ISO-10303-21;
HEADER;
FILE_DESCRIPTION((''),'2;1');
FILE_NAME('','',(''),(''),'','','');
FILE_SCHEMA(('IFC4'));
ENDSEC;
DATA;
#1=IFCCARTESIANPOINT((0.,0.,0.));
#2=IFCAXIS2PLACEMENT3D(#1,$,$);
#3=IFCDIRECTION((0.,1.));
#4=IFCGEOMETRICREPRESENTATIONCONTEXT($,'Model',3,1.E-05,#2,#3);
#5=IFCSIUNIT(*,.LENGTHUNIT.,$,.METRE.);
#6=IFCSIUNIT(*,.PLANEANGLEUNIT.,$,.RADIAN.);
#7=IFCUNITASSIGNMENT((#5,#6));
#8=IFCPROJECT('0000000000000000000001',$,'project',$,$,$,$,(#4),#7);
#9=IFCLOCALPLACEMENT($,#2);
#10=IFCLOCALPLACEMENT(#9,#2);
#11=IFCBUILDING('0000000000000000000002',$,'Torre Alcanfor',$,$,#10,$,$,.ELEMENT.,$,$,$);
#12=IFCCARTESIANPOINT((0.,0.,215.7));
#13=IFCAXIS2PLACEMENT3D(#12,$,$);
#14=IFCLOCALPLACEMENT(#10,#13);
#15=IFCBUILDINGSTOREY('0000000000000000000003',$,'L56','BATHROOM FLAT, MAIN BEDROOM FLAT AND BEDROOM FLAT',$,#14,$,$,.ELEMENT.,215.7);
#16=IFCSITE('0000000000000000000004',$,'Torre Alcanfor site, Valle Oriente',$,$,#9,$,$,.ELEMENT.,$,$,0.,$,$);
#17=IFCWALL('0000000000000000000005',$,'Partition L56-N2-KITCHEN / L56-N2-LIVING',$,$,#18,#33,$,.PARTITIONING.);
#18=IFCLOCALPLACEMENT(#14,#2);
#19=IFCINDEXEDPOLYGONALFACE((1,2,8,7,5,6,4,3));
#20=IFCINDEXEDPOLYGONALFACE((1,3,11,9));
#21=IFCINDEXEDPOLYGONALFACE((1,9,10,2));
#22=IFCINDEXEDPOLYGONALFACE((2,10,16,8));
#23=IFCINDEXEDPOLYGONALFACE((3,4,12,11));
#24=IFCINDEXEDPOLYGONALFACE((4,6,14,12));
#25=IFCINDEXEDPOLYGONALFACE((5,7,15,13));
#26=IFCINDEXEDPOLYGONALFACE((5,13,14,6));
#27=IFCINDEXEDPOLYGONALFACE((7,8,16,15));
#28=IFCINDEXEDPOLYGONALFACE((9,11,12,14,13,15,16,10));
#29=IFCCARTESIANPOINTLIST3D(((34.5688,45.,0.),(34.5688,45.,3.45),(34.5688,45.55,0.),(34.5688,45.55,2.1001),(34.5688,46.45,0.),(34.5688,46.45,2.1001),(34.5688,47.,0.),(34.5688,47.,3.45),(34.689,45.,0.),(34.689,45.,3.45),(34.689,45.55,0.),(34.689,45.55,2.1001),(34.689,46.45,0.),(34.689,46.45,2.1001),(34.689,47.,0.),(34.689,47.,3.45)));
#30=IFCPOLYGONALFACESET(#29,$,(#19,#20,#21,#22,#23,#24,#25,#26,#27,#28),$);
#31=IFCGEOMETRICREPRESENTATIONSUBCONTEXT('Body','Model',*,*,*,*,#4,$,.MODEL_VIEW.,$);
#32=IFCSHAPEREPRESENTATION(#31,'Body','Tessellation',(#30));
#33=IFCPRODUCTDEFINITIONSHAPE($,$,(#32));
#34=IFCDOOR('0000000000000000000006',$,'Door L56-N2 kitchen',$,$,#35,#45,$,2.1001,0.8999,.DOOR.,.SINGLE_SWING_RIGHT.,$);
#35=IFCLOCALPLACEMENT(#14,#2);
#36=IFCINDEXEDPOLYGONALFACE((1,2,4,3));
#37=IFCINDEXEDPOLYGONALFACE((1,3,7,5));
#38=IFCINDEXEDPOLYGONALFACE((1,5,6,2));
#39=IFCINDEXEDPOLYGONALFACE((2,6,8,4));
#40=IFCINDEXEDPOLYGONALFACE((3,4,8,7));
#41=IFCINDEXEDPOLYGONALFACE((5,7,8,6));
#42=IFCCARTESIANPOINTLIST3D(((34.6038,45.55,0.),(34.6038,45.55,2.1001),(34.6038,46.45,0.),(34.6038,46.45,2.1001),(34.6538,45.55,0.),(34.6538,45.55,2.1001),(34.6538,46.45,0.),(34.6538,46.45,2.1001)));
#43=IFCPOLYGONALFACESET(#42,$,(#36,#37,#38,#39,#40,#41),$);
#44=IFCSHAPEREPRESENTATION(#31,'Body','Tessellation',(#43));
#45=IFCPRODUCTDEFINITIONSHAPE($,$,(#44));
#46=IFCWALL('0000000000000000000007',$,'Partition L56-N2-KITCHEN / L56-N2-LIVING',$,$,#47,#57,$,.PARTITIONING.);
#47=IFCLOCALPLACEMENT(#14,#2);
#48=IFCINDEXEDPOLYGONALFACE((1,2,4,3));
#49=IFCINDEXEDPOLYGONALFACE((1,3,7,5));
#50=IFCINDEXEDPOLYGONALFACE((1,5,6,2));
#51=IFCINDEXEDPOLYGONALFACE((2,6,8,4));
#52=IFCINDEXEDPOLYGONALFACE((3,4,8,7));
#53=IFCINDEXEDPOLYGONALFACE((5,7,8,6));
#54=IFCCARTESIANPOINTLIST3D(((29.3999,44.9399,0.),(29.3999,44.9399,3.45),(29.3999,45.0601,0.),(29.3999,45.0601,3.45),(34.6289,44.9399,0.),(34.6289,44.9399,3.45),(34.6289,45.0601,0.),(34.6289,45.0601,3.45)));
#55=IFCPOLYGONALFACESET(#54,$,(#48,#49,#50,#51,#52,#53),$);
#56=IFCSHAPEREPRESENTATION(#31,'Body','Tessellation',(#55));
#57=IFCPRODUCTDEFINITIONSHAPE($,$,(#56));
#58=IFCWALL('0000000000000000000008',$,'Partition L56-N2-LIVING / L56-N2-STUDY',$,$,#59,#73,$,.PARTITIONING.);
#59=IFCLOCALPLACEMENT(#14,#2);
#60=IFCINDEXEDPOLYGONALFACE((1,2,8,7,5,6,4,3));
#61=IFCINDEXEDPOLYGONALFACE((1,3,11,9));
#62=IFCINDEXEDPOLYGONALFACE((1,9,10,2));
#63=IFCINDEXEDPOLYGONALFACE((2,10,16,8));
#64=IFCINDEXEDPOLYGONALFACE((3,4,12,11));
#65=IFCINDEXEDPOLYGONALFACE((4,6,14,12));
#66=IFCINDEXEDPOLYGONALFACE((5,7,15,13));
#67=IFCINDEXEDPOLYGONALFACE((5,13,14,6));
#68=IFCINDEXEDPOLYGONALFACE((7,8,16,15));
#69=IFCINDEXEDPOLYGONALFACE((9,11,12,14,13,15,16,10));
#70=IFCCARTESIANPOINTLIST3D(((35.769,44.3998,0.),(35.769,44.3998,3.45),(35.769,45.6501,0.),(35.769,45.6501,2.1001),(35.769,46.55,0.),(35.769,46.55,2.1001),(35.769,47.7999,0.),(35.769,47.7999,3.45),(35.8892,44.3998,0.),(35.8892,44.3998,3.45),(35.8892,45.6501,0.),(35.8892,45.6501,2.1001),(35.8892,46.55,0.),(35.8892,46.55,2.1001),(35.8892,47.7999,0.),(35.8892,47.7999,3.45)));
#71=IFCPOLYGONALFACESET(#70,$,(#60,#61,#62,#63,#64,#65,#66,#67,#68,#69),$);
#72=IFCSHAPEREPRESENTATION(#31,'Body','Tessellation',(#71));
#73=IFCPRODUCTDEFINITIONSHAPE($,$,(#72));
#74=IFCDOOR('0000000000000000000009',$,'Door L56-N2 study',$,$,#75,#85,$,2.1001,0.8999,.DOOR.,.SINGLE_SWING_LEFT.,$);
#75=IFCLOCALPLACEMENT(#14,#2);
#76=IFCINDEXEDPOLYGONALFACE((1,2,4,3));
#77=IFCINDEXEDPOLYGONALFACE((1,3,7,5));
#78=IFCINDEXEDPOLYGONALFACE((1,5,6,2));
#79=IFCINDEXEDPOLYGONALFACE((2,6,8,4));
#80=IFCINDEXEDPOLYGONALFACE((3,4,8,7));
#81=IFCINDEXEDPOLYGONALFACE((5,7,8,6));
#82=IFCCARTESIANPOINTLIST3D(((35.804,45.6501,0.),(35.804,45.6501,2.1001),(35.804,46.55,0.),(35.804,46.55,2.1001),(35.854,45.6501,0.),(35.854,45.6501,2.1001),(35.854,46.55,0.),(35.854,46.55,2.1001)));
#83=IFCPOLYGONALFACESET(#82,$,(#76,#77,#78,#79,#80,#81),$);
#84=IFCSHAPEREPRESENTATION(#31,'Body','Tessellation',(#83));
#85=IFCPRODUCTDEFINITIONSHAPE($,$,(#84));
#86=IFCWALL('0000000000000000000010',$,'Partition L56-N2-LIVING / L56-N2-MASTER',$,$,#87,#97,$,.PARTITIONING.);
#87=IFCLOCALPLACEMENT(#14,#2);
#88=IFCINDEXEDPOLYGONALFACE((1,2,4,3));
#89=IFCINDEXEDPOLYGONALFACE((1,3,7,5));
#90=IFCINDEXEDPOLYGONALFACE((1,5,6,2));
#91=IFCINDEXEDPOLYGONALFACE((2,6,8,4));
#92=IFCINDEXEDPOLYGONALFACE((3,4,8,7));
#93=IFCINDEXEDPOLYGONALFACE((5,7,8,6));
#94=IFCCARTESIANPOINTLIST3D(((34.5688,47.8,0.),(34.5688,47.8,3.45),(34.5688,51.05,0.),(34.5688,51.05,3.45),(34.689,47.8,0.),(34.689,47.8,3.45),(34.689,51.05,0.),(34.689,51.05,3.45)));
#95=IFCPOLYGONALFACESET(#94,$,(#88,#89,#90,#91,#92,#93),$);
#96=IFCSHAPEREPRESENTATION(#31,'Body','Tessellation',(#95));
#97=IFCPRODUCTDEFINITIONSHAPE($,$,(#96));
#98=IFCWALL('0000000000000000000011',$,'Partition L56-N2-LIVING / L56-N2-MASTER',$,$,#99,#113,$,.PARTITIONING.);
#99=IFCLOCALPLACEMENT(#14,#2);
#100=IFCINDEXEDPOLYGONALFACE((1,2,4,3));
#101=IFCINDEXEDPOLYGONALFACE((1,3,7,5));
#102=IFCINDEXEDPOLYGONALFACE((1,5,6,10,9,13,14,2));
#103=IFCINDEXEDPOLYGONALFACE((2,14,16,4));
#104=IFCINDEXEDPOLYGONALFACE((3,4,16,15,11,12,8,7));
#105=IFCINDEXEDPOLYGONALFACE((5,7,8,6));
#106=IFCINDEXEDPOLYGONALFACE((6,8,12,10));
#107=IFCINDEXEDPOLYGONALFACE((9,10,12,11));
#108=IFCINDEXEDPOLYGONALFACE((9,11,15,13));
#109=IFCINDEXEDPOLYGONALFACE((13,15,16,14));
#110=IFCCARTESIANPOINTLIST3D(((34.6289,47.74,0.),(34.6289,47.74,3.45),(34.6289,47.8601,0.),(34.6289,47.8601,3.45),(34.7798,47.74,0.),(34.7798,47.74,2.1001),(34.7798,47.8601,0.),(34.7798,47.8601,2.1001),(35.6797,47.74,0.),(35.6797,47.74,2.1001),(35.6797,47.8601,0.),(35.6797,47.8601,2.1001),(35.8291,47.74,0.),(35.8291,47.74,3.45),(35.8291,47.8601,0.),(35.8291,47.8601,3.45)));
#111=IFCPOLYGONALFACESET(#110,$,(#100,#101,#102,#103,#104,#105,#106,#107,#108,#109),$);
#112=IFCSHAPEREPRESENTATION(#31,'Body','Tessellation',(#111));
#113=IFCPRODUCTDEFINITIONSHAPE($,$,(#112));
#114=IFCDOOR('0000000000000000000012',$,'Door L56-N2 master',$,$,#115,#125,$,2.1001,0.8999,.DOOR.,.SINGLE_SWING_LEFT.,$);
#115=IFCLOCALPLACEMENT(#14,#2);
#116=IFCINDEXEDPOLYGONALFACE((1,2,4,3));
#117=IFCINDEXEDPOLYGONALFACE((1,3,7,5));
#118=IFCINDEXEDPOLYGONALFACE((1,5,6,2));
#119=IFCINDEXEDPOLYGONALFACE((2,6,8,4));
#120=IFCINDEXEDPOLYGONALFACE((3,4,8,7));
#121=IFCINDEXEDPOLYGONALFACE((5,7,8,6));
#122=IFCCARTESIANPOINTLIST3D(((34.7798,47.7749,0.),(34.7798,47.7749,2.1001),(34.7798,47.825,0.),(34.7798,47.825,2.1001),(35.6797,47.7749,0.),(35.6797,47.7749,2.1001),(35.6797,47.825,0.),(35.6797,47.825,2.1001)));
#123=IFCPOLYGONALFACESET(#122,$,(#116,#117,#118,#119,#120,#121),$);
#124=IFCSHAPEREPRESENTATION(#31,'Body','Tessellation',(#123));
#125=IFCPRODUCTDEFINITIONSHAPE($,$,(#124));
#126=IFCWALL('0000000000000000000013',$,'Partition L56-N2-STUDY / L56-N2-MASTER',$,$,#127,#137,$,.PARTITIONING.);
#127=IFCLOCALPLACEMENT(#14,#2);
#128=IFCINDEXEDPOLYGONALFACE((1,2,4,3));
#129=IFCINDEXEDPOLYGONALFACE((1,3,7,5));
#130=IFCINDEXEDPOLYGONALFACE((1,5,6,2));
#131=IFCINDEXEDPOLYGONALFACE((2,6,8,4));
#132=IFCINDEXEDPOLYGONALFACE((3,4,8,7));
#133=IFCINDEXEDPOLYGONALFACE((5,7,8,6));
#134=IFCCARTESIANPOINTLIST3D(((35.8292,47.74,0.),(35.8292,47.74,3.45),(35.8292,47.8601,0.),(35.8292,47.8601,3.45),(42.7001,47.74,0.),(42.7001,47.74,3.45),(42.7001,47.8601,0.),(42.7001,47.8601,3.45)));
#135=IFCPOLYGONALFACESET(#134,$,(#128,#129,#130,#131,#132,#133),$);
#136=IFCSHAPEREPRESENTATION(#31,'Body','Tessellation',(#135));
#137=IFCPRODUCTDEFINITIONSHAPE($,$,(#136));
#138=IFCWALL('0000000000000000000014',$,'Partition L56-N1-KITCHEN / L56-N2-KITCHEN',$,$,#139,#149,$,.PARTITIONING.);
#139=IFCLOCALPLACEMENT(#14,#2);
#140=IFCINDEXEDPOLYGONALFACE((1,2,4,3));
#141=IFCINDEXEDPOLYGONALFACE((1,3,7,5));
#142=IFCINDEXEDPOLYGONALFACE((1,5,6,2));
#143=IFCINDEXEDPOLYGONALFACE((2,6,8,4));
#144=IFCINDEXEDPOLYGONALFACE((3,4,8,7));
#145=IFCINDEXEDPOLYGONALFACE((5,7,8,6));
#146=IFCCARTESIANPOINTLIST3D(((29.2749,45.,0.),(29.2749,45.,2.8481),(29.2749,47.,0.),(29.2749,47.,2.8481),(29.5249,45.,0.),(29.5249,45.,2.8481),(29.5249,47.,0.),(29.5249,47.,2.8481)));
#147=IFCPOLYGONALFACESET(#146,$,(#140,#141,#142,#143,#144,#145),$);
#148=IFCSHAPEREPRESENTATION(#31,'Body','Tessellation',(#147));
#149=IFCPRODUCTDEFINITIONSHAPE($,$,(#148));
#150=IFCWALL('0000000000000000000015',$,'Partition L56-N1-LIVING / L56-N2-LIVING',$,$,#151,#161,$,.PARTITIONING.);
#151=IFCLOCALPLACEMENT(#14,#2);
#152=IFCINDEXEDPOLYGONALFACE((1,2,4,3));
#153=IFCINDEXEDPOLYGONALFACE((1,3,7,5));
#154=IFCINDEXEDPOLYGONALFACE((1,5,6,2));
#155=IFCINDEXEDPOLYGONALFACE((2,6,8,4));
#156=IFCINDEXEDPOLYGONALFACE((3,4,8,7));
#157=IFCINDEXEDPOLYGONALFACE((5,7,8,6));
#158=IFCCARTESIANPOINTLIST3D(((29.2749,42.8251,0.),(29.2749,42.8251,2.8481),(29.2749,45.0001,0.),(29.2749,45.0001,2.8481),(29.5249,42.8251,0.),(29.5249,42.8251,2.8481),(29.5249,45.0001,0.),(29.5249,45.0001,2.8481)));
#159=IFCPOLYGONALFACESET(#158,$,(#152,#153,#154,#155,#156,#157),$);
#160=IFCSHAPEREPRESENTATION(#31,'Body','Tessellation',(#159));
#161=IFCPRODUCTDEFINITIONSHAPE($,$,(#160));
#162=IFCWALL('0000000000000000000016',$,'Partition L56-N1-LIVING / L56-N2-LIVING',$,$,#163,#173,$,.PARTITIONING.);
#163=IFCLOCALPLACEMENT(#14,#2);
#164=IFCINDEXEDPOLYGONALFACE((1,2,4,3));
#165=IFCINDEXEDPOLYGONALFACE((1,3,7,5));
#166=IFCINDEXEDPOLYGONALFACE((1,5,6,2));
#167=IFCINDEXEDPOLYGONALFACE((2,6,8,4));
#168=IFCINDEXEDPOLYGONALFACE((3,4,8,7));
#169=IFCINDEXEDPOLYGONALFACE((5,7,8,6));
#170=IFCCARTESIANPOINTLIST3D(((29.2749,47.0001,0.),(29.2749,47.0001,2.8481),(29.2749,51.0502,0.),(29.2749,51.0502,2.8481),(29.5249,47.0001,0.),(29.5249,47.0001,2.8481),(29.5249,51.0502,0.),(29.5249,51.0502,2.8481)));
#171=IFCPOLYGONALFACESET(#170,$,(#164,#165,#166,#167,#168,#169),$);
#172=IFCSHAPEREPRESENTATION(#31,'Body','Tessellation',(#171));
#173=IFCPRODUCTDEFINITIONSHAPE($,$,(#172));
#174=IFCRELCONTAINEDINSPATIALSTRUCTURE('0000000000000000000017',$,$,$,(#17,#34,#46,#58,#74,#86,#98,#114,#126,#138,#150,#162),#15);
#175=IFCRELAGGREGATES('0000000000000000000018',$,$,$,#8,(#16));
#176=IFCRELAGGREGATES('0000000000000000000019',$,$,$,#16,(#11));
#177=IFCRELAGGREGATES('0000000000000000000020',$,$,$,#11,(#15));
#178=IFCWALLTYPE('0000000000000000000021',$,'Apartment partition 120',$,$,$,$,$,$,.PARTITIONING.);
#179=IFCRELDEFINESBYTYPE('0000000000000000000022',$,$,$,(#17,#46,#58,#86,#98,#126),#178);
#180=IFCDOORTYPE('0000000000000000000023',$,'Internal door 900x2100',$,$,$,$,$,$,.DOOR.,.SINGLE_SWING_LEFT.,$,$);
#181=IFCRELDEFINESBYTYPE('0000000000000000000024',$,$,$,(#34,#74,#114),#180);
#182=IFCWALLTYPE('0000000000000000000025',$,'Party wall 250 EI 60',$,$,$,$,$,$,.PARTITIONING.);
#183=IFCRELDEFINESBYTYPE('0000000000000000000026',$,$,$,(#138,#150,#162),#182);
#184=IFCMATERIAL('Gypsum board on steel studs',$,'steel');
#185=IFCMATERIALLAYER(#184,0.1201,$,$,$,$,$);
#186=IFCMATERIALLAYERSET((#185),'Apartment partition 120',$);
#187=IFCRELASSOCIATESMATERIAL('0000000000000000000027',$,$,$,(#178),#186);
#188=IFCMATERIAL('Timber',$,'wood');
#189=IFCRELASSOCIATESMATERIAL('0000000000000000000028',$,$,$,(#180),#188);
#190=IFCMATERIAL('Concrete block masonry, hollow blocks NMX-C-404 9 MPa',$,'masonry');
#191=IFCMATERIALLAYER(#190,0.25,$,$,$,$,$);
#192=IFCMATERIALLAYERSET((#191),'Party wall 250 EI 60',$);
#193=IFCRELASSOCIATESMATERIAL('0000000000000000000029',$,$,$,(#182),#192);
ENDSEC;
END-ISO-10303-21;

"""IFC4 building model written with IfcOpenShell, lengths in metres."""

from ifc_helpers import new_model, si_unit, direction, frame, frame_2d, origin, place, context, subcontext, project, spatial, rectangle, extrude, material, layer, layer_set, type_object, element, fill, save


model = new_model("IFC4")

# Units and contexts
model_context = context("Model", 3, precision=1e-05, world=origin(), true_north=direction((0.0, 1.0)))
body_context = subcontext(model_context, "Body", "Model", "MODEL_VIEW")
ifc_project = project(units=[si_unit("LENGTHUNIT", "METRE"), si_unit("PLANEANGLEUNIT", "RADIAN")], contexts=[model_context])

# Site, building, storey
site_placement = place(None, origin())
site = spatial("IfcSite", under=ifc_project, at=site_placement, Name="Torre Alcanfor site, Valle Oriente", CompositionType="ELEMENT", RefElevation=0.0)
building_placement = place(site_placement, origin())
building = spatial("IfcBuilding", under=site, at=building_placement, Name="Torre Alcanfor", CompositionType="ELEMENT")
storey_placement = place(building_placement, frame((0.0, 0.0, 215.7)))
storey = spatial("IfcBuildingStorey", under=building, at=storey_placement, Name="L56", Description="BATHROOM FLAT, MAIN BEDROOM FLAT AND BEDROOM FLAT", CompositionType="ELEMENT", Elevation=215.7)

# Shared definitions
ifc_material_1 = material(Name="Gypsum board on steel studs", Category="steel")
ifc_layer_1 = layer(ifc_material_1, 0.1201)
ifc_layer_set_1 = layer_set([ifc_layer_1], Name="Apartment partition 120")
wall_type_1 = type_object("IfcWallType", Name="Apartment partition 120", PredefinedType="PARTITIONING", material=ifc_layer_set_1)

# Wall, opening, door
wall_1_placement = place(storey_placement, frame((34.6289, 47.0, 0.0), z_axis=(0.0, 0.0, 1.0), x_axis=(0.0, -1.0, 0.0)))
wall_1 = element("IfcWall", 1, at=wall_1_placement, inside=storey, type_object=wall_type_1, Name="Partition L56-N2-KITCHEN / L56-N2-LIVING", PredefinedType="PARTITIONING", context=body_context, shape_type="SweptSolid", body=[
    extrude(rectangle(XDim=2.0, YDim=0.1201, at=frame_2d((1.0, 0.0))), origin(), (0.0, 0.0, 1.0), 3.45),
])
opening_1_placement = place(wall_1_placement, frame((0.55, 0.0, 0.0)))
opening_1 = element("IfcOpeningElement", 2, at=opening_1_placement, cuts=wall_1, PredefinedType="OPENING", context=body_context, shape_type="SweptSolid", body=[
    extrude(rectangle(XDim=0.8999, YDim=2.1001, at=frame_2d((0.45, 1.05))), frame((0.0, 0.0701, 0.0), z_axis=(0.0, -1.0, 0.0), x_axis=(1.0, 0.0, 0.0)), (0.0, 0.0, 1.0), 0.1401),
])
ifc_material_2 = material(Name="Timber", Category="wood")
door_type_1 = type_object("IfcDoorType", Name="Internal door 900x2100", OperationType="SINGLE_SWING_LEFT", PredefinedType="DOOR", material=ifc_material_2)
door_1_placement = place(opening_1_placement, frame((0.8999, 0.0, 0.0), z_axis=(0.0, 0.0, 1.0), x_axis=(-1.0, 0.0, 0.0)))
door_1 = element("IfcDoor", 3, at=door_1_placement, inside=storey, type_object=door_type_1, Name="Door L56-N2 kitchen", OperationType="SINGLE_SWING_RIGHT", OverallHeight=2.1001, OverallWidth=0.8999, PredefinedType="DOOR", context=body_context, shape_type="SweptSolid", body=[
    extrude(rectangle(XDim=0.8999, YDim=2.1001, at=frame_2d((0.45, 1.05))), frame((0.0, 0.0251, 0.0), z_axis=(0.0, -1.0, 0.0), x_axis=(1.0, 0.0, 0.0)), (0.0, 0.0, 1.0), 0.05),
])
fill(opening_1, door_1)

# Wall
wall_2_placement = place(storey_placement, frame((34.6289, 45.0, 0.0), z_axis=(0.0, 0.0, 1.0), x_axis=(-1.0, 0.0, 0.0)))
element("IfcWall", 4, at=wall_2_placement, inside=storey, type_object=wall_type_1, Name="Partition L56-N2-KITCHEN / L56-N2-LIVING", PredefinedType="PARTITIONING", context=body_context, shape_type="SweptSolid", body=[
    extrude(rectangle(XDim=5.229, YDim=0.1201, at=frame_2d((2.6145, 0.0))), origin(), (0.0, 0.0, 1.0), 3.45),
])

# Wall, opening, door
wall_3_placement = place(storey_placement, frame((35.8291, 47.8, 0.0), z_axis=(0.0, 0.0, 1.0), x_axis=(0.0, -1.0, 0.0)))
wall_3 = element("IfcWall", 5, at=wall_3_placement, inside=storey, type_object=wall_type_1, Name="Partition L56-N2-LIVING / L56-N2-STUDY", PredefinedType="PARTITIONING", context=body_context, shape_type="SweptSolid", body=[
    extrude(rectangle(XDim=3.4001, YDim=0.1201, at=frame_2d((1.7002, 0.0))), origin(), (0.0, 0.0, 1.0), 3.45),
])
opening_2_placement = place(wall_3_placement, frame((1.25, 0.0, 0.0)))
opening_2 = element("IfcOpeningElement", 6, at=opening_2_placement, cuts=wall_3, PredefinedType="OPENING", context=body_context, shape_type="SweptSolid", body=[
    extrude(rectangle(XDim=0.8999, YDim=2.1001, at=frame_2d((0.45, 1.05))), frame((0.0, 0.0701, 0.0), z_axis=(0.0, -1.0, 0.0), x_axis=(1.0, 0.0, 0.0)), (0.0, 0.0, 1.0), 0.1401),
])
door_2_placement = place(opening_2_placement, origin())
door_2 = element("IfcDoor", 7, at=door_2_placement, inside=storey, type_object=door_type_1, Name="Door L56-N2 study", OperationType="SINGLE_SWING_LEFT", OverallHeight=2.1001, OverallWidth=0.8999, PredefinedType="DOOR", context=body_context, shape_type="SweptSolid", body=[
    extrude(rectangle(XDim=0.8999, YDim=2.1001, at=frame_2d((0.45, 1.05))), frame((0.0, 0.0249, 0.0), z_axis=(0.0, -1.0, 0.0), x_axis=(1.0, 0.0, 0.0)), (0.0, 0.0, 1.0), 0.05),
])
fill(opening_2, door_2)

# Wall
wall_4_placement = place(storey_placement, frame((34.6289, 51.05, 0.0), z_axis=(0.0, 0.0, 1.0), x_axis=(0.0, -1.0, 0.0)))
element("IfcWall", 8, at=wall_4_placement, inside=storey, type_object=wall_type_1, Name="Partition L56-N2-LIVING / L56-N2-MASTER", PredefinedType="PARTITIONING", context=body_context, shape_type="SweptSolid", body=[
    extrude(rectangle(XDim=3.25, YDim=0.1201, at=frame_2d((1.625, 0.0))), origin(), (0.0, 0.0, 1.0), 3.45),
])

# Wall, opening, door
wall_5_placement = place(storey_placement, frame((34.6289, 47.8, 0.0), z_axis=(0.0, 0.0, 1.0), x_axis=(1.0, 0.0, 0.0)))
wall_5 = element("IfcWall", 9, at=wall_5_placement, inside=storey, type_object=wall_type_1, Name="Partition L56-N2-LIVING / L56-N2-MASTER", PredefinedType="PARTITIONING", context=body_context, shape_type="SweptSolid", body=[
    extrude(rectangle(XDim=1.2002, YDim=0.1201, at=frame_2d((0.6001, 0.0))), origin(), (0.0, 0.0, 1.0), 3.45),
])
opening_3_placement = place(wall_5_placement, frame((0.1509, 0.0, 0.0)))
opening_3 = element("IfcOpeningElement", 10, at=opening_3_placement, cuts=wall_5, PredefinedType="OPENING", context=body_context, shape_type="SweptSolid", body=[
    extrude(rectangle(XDim=0.8999, YDim=2.1001, at=frame_2d((0.45, 1.05))), frame((0.0, 0.0701, 0.0), z_axis=(0.0, -1.0, 0.0), x_axis=(1.0, 0.0, 0.0)), (0.0, 0.0, 1.0), 0.1401),
])
door_3_placement = place(opening_3_placement, origin())
door_3 = element("IfcDoor", 11, at=door_3_placement, inside=storey, type_object=door_type_1, Name="Door L56-N2 master", OperationType="SINGLE_SWING_LEFT", OverallHeight=2.1001, OverallWidth=0.8999, PredefinedType="DOOR", context=body_context, shape_type="SweptSolid", body=[
    extrude(rectangle(XDim=0.8999, YDim=2.1001, at=frame_2d((0.45, 1.05))), frame((0.0, 0.0249, 0.0), z_axis=(0.0, -1.0, 0.0), x_axis=(1.0, 0.0, 0.0)), (0.0, 0.0, 1.0), 0.05),
])
fill(opening_3, door_3)

# Walls
wall_6_placement = place(storey_placement, frame((35.8291, 47.8, 0.0), z_axis=(0.0, 0.0, 1.0), x_axis=(1.0, 0.0, 0.0)))
element("IfcWall", 12, at=wall_6_placement, inside=storey, type_object=wall_type_1, Name="Partition L56-N2-STUDY / L56-N2-MASTER", PredefinedType="PARTITIONING", context=body_context, shape_type="SweptSolid", body=[
    extrude(rectangle(XDim=6.8708, YDim=0.1201, at=frame_2d((3.4355, 0.0))), origin(), (0.0, 0.0, 1.0), 3.45),
])
ifc_material_3 = material(Name="Concrete block masonry, hollow blocks NMX-C-404 9 MPa", Category="masonry")
ifc_layer_2 = layer(ifc_material_3, 0.25)
ifc_layer_set_2 = layer_set([ifc_layer_2], Name="Party wall 250 EI 60")
wall_type_2 = type_object("IfcWallType", Name="Party wall 250 EI 60", PredefinedType="PARTITIONING", material=ifc_layer_set_2)
wall_7_placement = place(storey_placement, frame((29.3999, 45.0, 0.0), z_axis=(0.0, 0.0, 1.0), x_axis=(0.0, 1.0, 0.0)))
element("IfcWall", 13, at=wall_7_placement, inside=storey, type_object=wall_type_2, Name="Partition L56-N1-KITCHEN / L56-N2-KITCHEN", PredefinedType="PARTITIONING", context=body_context, shape_type="SweptSolid", body=[
    extrude(rectangle(XDim=2.0, YDim=0.25, at=frame_2d((1.0, 0.0))), origin(), (0.0, 0.0, 1.0), 2.8481),
])
wall_8_placement = place(storey_placement, frame((29.3999, 45.0, 0.0), z_axis=(0.0, 0.0, 1.0), x_axis=(0.0, -1.0, 0.0)))
element("IfcWall", 14, at=wall_8_placement, inside=storey, type_object=wall_type_2, Name="Partition L56-N1-LIVING / L56-N2-LIVING", PredefinedType="PARTITIONING", context=body_context, shape_type="SweptSolid", body=[
    extrude(rectangle(XDim=2.175, YDim=0.25, at=frame_2d((1.0874, 0.0))), origin(), (0.0, 0.0, 1.0), 2.8481),
])
wall_9_placement = place(storey_placement, frame((29.3999, 51.05, 0.0), z_axis=(0.0, 0.0, 1.0), x_axis=(0.0, -1.0, 0.0)))
element("IfcWall", 15, at=wall_9_placement, inside=storey, type_object=wall_type_2, Name="Partition L56-N1-LIVING / L56-N2-LIVING", PredefinedType="PARTITIONING", context=body_context, shape_type="SweptSolid", body=[
    extrude(rectangle(XDim=4.05, YDim=0.25, at=frame_2d((2.0249, 0.0))), origin(), (0.0, 0.0, 1.0), 2.8481),
])

save(model, "model.ifc")
